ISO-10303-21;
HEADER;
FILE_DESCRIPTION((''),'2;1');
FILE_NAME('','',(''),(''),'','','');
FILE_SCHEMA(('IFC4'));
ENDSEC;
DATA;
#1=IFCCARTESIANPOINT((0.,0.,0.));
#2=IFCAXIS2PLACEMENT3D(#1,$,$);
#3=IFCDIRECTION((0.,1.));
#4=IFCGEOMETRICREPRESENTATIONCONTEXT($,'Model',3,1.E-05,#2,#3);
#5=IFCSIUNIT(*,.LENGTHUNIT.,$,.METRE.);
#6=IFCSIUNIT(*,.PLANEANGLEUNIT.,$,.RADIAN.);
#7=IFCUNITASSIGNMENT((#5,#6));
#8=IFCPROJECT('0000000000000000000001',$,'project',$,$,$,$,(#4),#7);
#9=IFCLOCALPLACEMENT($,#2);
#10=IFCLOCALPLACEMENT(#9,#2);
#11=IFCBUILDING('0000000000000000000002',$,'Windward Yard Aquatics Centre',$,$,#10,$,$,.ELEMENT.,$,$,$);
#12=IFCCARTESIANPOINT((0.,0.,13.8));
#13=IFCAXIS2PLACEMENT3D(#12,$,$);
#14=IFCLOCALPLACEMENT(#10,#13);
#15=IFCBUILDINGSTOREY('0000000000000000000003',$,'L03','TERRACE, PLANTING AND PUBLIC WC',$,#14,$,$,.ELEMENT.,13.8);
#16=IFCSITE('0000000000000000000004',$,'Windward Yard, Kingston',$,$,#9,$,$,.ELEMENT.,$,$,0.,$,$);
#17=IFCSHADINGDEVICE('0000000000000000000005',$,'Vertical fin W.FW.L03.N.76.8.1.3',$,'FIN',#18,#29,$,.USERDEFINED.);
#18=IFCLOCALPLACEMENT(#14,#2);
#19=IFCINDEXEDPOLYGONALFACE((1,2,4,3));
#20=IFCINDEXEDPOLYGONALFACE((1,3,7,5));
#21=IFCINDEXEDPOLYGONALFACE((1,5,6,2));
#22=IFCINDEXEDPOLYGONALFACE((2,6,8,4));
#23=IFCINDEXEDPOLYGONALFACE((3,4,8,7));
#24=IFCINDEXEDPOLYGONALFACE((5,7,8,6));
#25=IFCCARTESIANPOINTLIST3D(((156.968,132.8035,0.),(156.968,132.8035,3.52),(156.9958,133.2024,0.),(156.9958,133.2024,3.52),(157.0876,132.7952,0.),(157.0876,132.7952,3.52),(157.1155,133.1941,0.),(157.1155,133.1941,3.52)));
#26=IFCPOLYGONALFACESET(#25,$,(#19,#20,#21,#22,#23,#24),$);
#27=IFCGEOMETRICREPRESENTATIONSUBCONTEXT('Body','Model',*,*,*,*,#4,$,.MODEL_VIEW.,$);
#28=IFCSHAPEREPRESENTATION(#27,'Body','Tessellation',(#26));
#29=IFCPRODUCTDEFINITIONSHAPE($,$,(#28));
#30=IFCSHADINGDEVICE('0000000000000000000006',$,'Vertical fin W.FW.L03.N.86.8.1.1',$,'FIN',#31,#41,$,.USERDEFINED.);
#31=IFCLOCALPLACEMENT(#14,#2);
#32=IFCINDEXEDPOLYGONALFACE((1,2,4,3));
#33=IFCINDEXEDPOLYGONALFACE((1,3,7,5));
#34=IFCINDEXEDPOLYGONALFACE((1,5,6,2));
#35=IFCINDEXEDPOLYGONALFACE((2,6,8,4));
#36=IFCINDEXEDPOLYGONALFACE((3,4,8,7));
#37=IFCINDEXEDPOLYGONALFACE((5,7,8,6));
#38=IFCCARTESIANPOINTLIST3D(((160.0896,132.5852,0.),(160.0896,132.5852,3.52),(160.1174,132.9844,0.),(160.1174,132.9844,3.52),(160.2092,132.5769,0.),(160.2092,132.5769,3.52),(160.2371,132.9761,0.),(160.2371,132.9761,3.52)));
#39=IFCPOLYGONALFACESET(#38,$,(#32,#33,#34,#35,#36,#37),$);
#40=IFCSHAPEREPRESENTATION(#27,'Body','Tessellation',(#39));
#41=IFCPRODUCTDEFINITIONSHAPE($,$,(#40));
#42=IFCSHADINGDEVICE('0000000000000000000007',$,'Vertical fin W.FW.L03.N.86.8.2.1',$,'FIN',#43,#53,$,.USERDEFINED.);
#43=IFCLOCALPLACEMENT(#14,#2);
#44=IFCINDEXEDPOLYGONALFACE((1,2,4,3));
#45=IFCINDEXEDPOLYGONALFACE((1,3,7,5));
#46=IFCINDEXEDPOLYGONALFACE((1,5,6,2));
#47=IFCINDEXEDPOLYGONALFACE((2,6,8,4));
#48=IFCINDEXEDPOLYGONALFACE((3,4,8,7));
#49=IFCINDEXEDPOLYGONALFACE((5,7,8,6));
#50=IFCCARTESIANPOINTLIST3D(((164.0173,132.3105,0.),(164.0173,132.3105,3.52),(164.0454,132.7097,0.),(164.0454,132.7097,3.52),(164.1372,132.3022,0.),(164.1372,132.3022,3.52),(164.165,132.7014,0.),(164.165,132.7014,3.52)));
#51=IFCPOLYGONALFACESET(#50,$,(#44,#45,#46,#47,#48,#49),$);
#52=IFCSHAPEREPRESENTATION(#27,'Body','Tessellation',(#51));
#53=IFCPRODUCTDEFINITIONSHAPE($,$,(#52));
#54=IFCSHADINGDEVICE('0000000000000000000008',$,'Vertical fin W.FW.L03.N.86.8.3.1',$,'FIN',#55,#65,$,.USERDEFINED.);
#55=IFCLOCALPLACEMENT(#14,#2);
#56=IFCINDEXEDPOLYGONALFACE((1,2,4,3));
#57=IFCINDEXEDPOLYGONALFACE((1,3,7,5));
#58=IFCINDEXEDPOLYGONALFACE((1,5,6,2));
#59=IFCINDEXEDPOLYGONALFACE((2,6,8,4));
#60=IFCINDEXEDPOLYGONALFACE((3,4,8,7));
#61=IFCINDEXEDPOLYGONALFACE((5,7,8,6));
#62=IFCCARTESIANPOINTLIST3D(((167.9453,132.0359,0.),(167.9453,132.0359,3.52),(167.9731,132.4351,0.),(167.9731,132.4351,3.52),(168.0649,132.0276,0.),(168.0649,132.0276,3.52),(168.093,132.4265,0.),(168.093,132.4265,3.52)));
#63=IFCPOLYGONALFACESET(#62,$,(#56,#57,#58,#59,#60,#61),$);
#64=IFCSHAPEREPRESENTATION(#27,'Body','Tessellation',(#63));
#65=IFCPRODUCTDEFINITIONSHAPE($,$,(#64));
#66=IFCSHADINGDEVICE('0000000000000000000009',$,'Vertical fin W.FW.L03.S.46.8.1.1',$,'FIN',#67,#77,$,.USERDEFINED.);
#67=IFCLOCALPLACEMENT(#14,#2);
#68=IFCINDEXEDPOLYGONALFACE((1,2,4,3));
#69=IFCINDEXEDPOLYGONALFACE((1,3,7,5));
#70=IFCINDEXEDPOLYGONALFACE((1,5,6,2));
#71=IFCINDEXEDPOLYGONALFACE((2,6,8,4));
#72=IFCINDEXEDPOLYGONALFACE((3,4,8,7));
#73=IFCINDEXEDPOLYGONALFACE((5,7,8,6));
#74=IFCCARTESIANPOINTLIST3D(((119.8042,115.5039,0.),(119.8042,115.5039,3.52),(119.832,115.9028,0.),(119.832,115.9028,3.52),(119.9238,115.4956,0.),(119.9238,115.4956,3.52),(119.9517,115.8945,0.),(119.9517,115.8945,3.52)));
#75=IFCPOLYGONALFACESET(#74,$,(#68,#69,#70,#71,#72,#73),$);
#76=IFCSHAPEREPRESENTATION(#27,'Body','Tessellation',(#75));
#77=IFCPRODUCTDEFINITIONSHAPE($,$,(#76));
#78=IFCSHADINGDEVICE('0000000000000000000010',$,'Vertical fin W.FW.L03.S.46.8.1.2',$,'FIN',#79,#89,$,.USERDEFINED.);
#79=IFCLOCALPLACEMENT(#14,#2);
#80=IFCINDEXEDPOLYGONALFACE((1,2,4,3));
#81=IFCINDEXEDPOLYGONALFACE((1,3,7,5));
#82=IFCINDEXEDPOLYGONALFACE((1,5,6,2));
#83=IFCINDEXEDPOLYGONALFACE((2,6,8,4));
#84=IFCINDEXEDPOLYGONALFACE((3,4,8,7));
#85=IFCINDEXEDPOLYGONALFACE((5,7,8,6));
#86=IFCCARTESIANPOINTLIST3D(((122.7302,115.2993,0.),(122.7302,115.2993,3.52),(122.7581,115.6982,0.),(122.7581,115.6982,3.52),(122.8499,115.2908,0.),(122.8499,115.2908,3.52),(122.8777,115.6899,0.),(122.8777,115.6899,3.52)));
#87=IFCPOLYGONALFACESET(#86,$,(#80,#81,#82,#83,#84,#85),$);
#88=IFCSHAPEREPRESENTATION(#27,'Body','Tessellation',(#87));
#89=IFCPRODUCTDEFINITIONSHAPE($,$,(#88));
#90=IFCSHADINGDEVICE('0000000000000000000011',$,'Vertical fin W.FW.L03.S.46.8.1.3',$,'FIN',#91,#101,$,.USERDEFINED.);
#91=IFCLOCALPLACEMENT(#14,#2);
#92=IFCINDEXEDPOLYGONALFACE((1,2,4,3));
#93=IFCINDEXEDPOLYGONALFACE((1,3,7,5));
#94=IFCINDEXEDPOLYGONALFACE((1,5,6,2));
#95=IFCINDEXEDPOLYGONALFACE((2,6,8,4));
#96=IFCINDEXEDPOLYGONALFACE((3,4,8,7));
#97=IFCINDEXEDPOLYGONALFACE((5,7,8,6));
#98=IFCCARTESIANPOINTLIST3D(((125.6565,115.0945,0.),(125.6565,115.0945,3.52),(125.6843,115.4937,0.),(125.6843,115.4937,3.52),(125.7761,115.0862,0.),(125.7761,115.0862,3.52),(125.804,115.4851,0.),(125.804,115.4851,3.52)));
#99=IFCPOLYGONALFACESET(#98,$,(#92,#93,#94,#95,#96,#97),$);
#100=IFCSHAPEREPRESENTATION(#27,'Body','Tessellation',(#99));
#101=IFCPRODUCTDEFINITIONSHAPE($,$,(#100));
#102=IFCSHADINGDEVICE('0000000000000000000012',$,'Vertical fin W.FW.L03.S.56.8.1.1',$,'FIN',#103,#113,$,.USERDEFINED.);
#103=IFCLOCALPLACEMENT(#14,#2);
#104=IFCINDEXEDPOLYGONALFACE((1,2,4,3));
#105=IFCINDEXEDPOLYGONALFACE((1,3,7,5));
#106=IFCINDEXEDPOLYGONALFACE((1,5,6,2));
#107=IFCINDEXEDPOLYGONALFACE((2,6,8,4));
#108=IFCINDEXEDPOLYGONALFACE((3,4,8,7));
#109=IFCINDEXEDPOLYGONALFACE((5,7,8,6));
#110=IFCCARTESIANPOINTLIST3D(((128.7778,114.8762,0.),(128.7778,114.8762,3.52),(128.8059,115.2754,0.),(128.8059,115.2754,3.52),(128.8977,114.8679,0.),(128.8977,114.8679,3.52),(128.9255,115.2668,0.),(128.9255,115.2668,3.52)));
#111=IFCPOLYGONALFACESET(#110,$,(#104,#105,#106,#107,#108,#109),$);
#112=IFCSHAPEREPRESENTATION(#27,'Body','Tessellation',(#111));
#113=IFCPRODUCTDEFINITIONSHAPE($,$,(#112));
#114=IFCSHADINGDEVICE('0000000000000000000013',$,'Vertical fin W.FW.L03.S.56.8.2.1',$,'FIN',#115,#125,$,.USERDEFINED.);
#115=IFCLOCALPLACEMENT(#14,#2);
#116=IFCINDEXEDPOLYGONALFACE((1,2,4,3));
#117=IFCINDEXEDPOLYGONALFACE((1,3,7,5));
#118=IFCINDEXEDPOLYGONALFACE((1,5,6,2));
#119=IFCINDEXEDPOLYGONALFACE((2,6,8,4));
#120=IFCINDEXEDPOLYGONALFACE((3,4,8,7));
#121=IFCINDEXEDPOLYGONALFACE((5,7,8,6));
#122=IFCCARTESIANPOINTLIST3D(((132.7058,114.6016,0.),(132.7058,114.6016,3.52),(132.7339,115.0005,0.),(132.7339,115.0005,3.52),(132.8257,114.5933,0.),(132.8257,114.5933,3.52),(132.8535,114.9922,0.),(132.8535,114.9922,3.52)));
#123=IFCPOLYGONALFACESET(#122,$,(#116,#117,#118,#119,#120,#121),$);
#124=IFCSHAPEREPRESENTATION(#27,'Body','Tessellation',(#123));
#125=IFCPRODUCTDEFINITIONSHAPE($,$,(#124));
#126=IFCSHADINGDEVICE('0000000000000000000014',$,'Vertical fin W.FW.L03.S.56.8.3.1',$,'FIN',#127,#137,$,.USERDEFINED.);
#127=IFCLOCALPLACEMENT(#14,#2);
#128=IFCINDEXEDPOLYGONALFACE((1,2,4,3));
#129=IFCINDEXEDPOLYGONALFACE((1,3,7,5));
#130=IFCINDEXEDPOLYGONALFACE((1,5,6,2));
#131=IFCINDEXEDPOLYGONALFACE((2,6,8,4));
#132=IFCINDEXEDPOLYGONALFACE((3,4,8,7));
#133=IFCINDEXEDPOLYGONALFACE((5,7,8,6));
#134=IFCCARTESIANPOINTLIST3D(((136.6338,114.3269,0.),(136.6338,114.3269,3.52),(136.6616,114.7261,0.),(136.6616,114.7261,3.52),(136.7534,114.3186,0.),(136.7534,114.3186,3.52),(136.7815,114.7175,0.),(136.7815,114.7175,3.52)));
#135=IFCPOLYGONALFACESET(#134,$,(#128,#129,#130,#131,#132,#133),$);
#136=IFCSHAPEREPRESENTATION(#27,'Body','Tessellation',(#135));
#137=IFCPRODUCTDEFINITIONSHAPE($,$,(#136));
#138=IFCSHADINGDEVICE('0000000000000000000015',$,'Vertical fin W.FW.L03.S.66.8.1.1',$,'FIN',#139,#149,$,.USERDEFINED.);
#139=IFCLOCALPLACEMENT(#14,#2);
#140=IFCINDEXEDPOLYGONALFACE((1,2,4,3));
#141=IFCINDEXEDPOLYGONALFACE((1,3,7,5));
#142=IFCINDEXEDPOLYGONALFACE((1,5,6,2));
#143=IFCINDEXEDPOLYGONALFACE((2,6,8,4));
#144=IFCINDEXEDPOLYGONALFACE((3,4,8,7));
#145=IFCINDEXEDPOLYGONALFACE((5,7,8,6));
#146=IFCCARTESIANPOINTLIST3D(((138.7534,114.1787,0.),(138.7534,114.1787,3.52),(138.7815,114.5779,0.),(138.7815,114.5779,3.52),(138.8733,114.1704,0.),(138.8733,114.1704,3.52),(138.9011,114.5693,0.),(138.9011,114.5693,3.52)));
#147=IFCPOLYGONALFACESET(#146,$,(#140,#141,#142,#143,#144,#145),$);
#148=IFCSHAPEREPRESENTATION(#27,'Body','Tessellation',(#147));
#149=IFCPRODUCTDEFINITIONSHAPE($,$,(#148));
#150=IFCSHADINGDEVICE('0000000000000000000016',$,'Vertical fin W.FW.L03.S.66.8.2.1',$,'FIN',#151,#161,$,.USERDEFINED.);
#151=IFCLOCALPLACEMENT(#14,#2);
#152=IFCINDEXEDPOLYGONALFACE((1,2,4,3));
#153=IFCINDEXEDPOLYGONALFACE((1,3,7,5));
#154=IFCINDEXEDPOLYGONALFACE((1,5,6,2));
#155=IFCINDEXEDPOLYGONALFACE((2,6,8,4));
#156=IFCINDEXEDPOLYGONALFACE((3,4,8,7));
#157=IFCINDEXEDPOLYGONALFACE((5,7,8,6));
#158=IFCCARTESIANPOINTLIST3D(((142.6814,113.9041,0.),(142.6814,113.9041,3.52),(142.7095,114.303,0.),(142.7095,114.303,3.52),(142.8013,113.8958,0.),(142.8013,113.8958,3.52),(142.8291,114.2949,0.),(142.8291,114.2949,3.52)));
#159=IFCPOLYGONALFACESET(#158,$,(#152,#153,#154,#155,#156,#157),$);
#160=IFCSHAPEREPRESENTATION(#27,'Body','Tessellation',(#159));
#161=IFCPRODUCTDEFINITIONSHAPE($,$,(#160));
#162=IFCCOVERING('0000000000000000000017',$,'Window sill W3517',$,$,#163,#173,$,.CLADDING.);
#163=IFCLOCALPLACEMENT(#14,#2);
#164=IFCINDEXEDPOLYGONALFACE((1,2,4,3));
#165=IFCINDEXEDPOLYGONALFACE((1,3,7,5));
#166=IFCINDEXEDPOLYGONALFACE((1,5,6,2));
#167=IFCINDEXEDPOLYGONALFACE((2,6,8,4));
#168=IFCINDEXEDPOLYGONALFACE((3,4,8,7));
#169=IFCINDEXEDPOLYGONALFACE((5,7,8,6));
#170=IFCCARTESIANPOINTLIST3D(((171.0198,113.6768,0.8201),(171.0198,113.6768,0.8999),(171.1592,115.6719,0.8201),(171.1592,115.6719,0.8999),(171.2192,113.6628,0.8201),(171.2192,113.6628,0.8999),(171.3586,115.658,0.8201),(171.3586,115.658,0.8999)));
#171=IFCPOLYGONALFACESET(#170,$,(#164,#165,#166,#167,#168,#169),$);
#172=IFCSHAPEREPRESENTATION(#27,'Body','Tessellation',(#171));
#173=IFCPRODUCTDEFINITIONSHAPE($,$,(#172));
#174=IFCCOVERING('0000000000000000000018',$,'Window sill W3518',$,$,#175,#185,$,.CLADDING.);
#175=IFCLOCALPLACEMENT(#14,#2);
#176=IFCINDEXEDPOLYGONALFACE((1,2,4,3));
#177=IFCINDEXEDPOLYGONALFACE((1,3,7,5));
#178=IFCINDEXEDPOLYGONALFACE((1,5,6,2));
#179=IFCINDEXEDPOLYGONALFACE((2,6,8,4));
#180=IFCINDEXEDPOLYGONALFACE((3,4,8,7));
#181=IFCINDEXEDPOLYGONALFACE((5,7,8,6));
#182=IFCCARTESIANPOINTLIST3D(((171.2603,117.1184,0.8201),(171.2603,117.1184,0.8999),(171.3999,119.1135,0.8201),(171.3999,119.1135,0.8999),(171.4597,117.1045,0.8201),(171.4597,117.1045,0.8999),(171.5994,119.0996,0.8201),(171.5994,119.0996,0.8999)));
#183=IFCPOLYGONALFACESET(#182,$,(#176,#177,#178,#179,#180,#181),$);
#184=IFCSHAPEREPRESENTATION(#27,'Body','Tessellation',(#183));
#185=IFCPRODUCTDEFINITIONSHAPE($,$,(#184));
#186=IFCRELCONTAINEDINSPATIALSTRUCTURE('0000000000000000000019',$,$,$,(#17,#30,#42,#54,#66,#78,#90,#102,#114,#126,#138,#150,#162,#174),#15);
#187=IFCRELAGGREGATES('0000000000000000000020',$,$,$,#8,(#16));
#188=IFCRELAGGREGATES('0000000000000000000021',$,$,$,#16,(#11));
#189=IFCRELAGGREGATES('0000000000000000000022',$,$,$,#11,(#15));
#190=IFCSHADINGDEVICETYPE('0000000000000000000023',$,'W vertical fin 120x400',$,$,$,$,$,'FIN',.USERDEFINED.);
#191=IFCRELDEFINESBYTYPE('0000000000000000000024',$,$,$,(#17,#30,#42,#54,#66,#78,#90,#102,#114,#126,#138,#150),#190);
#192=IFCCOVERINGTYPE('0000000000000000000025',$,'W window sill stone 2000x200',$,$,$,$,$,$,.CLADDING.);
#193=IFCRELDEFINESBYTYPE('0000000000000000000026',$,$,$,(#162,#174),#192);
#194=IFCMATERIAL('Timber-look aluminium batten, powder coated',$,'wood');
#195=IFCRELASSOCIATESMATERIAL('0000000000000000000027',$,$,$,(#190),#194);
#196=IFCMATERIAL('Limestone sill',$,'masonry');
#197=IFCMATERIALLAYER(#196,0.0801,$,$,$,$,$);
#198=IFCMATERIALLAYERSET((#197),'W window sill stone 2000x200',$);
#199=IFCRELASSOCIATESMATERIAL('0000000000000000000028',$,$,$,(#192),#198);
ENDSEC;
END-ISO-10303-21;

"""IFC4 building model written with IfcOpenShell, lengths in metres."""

from ifc_helpers import new_model, si_unit, direction, frame, origin, place, context, subcontext, project, spatial, polyline, outline, extrude, material, layer, layer_set, type_object, element, save


model = new_model("IFC4")

# Units and contexts
model_context = context("Model", 3, precision=1e-05, world=origin(), true_north=direction((0.0, 1.0)))
body_context = subcontext(model_context, "Body", "Model", "MODEL_VIEW")
ifc_project = project(units=[si_unit("LENGTHUNIT", "METRE"), si_unit("PLANEANGLEUNIT", "RADIAN")], contexts=[model_context])

# Site, building, storey
site_placement = place(None, origin())
site = spatial("IfcSite", under=ifc_project, at=site_placement, Name="Windward Yard, Kingston", CompositionType="ELEMENT", RefElevation=0.0)
building_placement = place(site_placement, origin())
building = spatial("IfcBuilding", under=site, at=building_placement, Name="Windward Yard Aquatics Centre", CompositionType="ELEMENT")
storey_placement = place(building_placement, frame((0.0, 0.0, 13.8)))
storey = spatial("IfcBuildingStorey", under=building, at=storey_placement, Name="L03", Description="TERRACE, PLANTING AND PUBLIC WC", CompositionType="ELEMENT", Elevation=13.8)

# Shading devices
ifc_material_1 = material(Name="Timber-look aluminium batten, powder coated", Category="wood")
shading_device_type = type_object("IfcShadingDeviceType", Name="W vertical fin 120x400", ElementType="FIN", PredefinedType="USERDEFINED", material=ifc_material_1)
shading_device_1_placement = place(storey_placement, origin())
element("IfcShadingDevice", 1, at=shading_device_1_placement, inside=storey, type_object=shading_device_type, Name="Vertical fin W.FW.L03.N.76.8.1.3", ObjectType="FIN", PredefinedType="USERDEFINED", context=body_context, shape_type="SweptSolid", body=[
    extrude(outline(polyline([(156.968, 132.8035), (157.0876, 132.7952), (157.1155, 133.1941), (156.9958, 133.2024), (156.968, 132.8035)])), origin(), (0.0, 0.0, 1.0), 3.52),
])
shading_device_2_placement = place(storey_placement, origin())
element("IfcShadingDevice", 2, at=shading_device_2_placement, inside=storey, type_object=shading_device_type, Name="Vertical fin W.FW.L03.N.86.8.1.1", ObjectType="FIN", PredefinedType="USERDEFINED", context=body_context, shape_type="SweptSolid", body=[
    extrude(outline(polyline([(160.0896, 132.5852), (160.2092, 132.5769), (160.2371, 132.9761), (160.1174, 132.9844), (160.0896, 132.5852)])), origin(), (0.0, 0.0, 1.0), 3.52),
])
shading_device_3_placement = place(storey_placement, origin())
element("IfcShadingDevice", 3, at=shading_device_3_placement, inside=storey, type_object=shading_device_type, Name="Vertical fin W.FW.L03.N.86.8.2.1", ObjectType="FIN", PredefinedType="USERDEFINED", context=body_context, shape_type="SweptSolid", body=[
    extrude(outline(polyline([(164.0173, 132.3105), (164.1372, 132.3022), (164.165, 132.7014), (164.0454, 132.7097), (164.0173, 132.3105)])), origin(), (0.0, 0.0, 1.0), 3.52),
])
shading_device_4_placement = place(storey_placement, origin())
element("IfcShadingDevice", 4, at=shading_device_4_placement, inside=storey, type_object=shading_device_type, Name="Vertical fin W.FW.L03.N.86.8.3.1", ObjectType="FIN", PredefinedType="USERDEFINED", context=body_context, shape_type="SweptSolid", body=[
    extrude(outline(polyline([(167.9453, 132.0359), (168.0649, 132.0276), (168.093, 132.4265), (167.9731, 132.4351), (167.9453, 132.0359)])), origin(), (0.0, 0.0, 1.0), 3.52),
])
shading_device_5_placement = place(storey_placement, origin())
element("IfcShadingDevice", 5, at=shading_device_5_placement, inside=storey, type_object=shading_device_type, Name="Vertical fin W.FW.L03.S.46.8.1.1", ObjectType="FIN", PredefinedType="USERDEFINED", context=body_context, shape_type="SweptSolid", body=[
    extrude(outline(polyline([(119.8042, 115.5039), (119.832, 115.9028), (119.9517, 115.8945), (119.9238, 115.4956), (119.8042, 115.5039)])), origin(), (0.0, 0.0, 1.0), 3.52),
])
shading_device_6_placement = place(storey_placement, origin())
element("IfcShadingDevice", 6, at=shading_device_6_placement, inside=storey, type_object=shading_device_type, Name="Vertical fin W.FW.L03.S.46.8.1.2", ObjectType="FIN", PredefinedType="USERDEFINED", context=body_context, shape_type="SweptSolid", body=[
    extrude(outline(polyline([(122.7302, 115.2993), (122.7581, 115.6982), (122.8777, 115.6899), (122.8499, 115.2908), (122.7302, 115.2993)])), origin(), (0.0, 0.0, 1.0), 3.52),
])
shading_device_7_placement = place(storey_placement, origin())
element("IfcShadingDevice", 7, at=shading_device_7_placement, inside=storey, type_object=shading_device_type, Name="Vertical fin W.FW.L03.S.46.8.1.3", ObjectType="FIN", PredefinedType="USERDEFINED", context=body_context, shape_type="SweptSolid", body=[
    extrude(outline(polyline([(125.6565, 115.0945), (125.6843, 115.4937), (125.804, 115.4851), (125.7761, 115.0862), (125.6565, 115.0945)])), origin(), (0.0, 0.0, 1.0), 3.52),
])
shading_device_8_placement = place(storey_placement, origin())
element("IfcShadingDevice", 8, at=shading_device_8_placement, inside=storey, type_object=shading_device_type, Name="Vertical fin W.FW.L03.S.56.8.1.1", ObjectType="FIN", PredefinedType="USERDEFINED", context=body_context, shape_type="SweptSolid", body=[
    extrude(outline(polyline([(128.7778, 114.8762), (128.8059, 115.2754), (128.9255, 115.2668), (128.8977, 114.8679), (128.7778, 114.8762)])), origin(), (0.0, 0.0, 1.0), 3.52),
])
shading_device_9_placement = place(storey_placement, origin())
element("IfcShadingDevice", 9, at=shading_device_9_placement, inside=storey, type_object=shading_device_type, Name="Vertical fin W.FW.L03.S.56.8.2.1", ObjectType="FIN", PredefinedType="USERDEFINED", context=body_context, shape_type="SweptSolid", body=[
    extrude(outline(polyline([(132.7058, 114.6016), (132.7339, 115.0005), (132.8535, 114.9922), (132.8257, 114.5933), (132.7058, 114.6016)])), origin(), (0.0, 0.0, 1.0), 3.52),
])
shading_device_10_placement = place(storey_placement, origin())
element("IfcShadingDevice", 10, at=shading_device_10_placement, inside=storey, type_object=shading_device_type, Name="Vertical fin W.FW.L03.S.56.8.3.1", ObjectType="FIN", PredefinedType="USERDEFINED", context=body_context, shape_type="SweptSolid", body=[
    extrude(outline(polyline([(136.6338, 114.3269), (136.6616, 114.7261), (136.7815, 114.7175), (136.7534, 114.3186), (136.6338, 114.3269)])), origin(), (0.0, 0.0, 1.0), 3.52),
])
shading_device_11_placement = place(storey_placement, origin())
element("IfcShadingDevice", 11, at=shading_device_11_placement, inside=storey, type_object=shading_device_type, Name="Vertical fin W.FW.L03.S.66.8.1.1", ObjectType="FIN", PredefinedType="USERDEFINED", context=body_context, shape_type="SweptSolid", body=[
    extrude(outline(polyline([(138.7534, 114.1787), (138.7815, 114.5779), (138.9011, 114.5693), (138.8733, 114.1704), (138.7534, 114.1787)])), origin(), (0.0, 0.0, 1.0), 3.52),
])
shading_device_12_placement = place(storey_placement, origin())
element("IfcShadingDevice", 12, at=shading_device_12_placement, inside=storey, type_object=shading_device_type, Name="Vertical fin W.FW.L03.S.66.8.2.1", ObjectType="FIN", PredefinedType="USERDEFINED", context=body_context, shape_type="SweptSolid", body=[
    extrude(outline(polyline([(142.6814, 113.9041), (142.7095, 114.303), (142.8291, 114.2949), (142.8013, 113.8958), (142.6814, 113.9041)])), origin(), (0.0, 0.0, 1.0), 3.52),
])

# Coverings
ifc_material_2 = material(Name="Limestone sill", Category="masonry")
ifc_layer = layer(ifc_material_2, 0.0801)
ifc_layer_set = layer_set([ifc_layer], Name="W window sill stone 2000x200")
covering_type = type_object("IfcCoveringType", Name="W window sill stone 2000x200", PredefinedType="CLADDING", material=ifc_layer_set)
covering_1_placement = place(storey_placement, frame((0.0, 0.0, 0.8201)))
element("IfcCovering", 13, at=covering_1_placement, inside=storey, type_object=covering_type, Name="Window sill W3517", PredefinedType="CLADDING", context=body_context, shape_type="SweptSolid", body=[
    extrude(outline(polyline([(171.0198, 113.6768), (171.1592, 115.6719), (171.3586, 115.658), (171.2192, 113.6628), (171.0198, 113.6768)])), origin(), (0.0, 0.0, 1.0), 0.0798),
])
covering_2_placement = place(storey_placement, frame((0.0, 0.0, 0.8201)))
element("IfcCovering", 14, at=covering_2_placement, inside=storey, type_object=covering_type, Name="Window sill W3518", PredefinedType="CLADDING", context=body_context, shape_type="SweptSolid", body=[
    extrude(outline(polyline([(171.2603, 117.1184), (171.3999, 119.1135), (171.5994, 119.0996), (171.4597, 117.1045), (171.2603, 117.1184)])), origin(), (0.0, 0.0, 1.0), 0.0798),
])

save(model, "model.ifc")
